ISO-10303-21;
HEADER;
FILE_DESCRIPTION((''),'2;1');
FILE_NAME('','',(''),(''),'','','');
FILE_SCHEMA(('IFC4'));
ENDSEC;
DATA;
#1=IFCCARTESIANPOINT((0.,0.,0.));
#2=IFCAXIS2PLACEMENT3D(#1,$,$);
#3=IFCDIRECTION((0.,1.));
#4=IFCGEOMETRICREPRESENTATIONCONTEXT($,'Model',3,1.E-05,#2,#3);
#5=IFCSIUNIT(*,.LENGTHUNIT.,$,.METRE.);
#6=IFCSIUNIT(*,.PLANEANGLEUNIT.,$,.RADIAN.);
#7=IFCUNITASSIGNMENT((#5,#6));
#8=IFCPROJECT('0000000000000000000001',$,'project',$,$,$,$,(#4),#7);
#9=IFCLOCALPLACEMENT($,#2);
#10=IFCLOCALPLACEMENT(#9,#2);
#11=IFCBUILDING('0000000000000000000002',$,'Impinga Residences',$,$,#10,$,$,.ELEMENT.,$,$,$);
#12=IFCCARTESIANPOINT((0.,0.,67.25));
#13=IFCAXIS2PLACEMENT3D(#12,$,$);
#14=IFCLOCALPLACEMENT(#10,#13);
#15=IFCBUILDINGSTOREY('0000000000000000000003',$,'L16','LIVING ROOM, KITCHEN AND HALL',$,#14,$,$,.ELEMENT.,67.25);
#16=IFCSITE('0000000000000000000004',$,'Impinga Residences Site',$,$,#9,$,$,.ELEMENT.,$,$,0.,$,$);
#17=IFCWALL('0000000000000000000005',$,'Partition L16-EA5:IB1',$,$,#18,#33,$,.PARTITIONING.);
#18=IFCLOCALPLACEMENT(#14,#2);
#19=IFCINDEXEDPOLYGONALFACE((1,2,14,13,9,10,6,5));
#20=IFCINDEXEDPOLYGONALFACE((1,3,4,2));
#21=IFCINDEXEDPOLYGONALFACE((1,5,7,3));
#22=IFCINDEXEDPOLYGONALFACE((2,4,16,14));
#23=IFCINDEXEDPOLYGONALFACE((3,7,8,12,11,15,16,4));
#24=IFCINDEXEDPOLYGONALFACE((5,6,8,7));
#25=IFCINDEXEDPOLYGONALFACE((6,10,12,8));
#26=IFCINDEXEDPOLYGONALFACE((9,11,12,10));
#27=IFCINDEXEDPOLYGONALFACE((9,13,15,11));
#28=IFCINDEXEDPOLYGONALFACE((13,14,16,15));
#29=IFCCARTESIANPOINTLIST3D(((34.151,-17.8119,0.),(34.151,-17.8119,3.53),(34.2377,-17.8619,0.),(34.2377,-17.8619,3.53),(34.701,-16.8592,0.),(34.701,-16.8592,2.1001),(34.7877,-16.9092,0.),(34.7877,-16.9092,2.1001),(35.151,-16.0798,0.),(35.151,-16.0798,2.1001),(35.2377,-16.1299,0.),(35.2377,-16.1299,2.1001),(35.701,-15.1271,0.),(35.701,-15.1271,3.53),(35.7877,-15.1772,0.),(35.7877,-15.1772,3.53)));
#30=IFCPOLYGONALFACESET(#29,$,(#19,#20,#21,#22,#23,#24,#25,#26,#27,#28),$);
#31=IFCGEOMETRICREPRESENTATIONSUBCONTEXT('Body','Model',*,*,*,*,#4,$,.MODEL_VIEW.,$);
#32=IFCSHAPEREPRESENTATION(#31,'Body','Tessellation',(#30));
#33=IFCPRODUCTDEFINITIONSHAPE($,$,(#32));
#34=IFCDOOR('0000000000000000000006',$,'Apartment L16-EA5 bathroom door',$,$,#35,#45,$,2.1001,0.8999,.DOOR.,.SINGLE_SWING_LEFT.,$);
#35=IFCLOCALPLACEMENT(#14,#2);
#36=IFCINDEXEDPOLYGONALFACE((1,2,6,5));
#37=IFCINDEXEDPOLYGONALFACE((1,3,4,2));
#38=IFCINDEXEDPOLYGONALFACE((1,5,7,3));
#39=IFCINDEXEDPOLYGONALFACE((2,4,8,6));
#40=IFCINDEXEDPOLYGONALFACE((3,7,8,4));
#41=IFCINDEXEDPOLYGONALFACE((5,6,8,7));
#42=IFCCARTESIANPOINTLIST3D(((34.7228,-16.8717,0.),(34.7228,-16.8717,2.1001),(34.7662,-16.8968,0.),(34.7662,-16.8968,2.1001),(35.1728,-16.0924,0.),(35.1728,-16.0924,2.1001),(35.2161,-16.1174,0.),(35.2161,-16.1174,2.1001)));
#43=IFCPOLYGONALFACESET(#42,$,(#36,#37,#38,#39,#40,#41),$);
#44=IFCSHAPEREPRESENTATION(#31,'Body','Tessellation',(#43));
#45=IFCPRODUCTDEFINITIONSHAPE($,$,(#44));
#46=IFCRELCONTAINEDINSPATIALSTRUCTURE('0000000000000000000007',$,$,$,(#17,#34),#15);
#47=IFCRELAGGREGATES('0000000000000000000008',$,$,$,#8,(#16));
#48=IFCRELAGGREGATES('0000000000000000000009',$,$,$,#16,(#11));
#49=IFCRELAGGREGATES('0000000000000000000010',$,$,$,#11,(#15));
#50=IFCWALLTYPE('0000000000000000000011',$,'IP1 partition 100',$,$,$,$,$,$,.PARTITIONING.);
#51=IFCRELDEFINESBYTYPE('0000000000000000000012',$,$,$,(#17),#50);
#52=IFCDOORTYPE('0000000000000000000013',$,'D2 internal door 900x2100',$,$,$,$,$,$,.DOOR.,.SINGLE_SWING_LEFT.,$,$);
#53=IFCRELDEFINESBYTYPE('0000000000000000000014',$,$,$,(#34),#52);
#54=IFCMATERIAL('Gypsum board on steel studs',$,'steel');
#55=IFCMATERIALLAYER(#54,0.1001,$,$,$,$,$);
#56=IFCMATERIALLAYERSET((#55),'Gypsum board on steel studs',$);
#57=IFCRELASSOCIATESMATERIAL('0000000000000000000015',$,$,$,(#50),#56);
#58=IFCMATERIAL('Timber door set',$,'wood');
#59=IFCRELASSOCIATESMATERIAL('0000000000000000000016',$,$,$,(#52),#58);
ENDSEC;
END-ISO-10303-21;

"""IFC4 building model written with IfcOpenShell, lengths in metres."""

from ifc_helpers import new_model, si_unit, direction, frame, frame_2d, origin, place, context, subcontext, project, spatial, rectangle, extrude, material, layer, layer_set, type_object, element, fill, save


model = new_model("IFC4")

# Units and contexts
model_context = context("Model", 3, precision=1e-05, world=origin(), true_north=direction((0.0, 1.0)))
body_context = subcontext(model_context, "Body", "Model", "MODEL_VIEW")
ifc_project = project(units=[si_unit("LENGTHUNIT", "METRE"), si_unit("PLANEANGLEUNIT", "RADIAN")], contexts=[model_context])

# Site, building, storey
site_placement = place(None, origin())
site = spatial("IfcSite", under=ifc_project, at=site_placement, Name="Impinga Residences Site", CompositionType="ELEMENT", RefElevation=0.0)
building_placement = place(site_placement, origin())
building = spatial("IfcBuilding", under=site, at=building_placement, Name="Impinga Residences", CompositionType="ELEMENT")
storey_placement = place(building_placement, frame((0.0, 0.0, 67.25)))
storey = spatial("IfcBuildingStorey", under=building, at=storey_placement, Name="L16", Description="LIVING ROOM, KITCHEN AND HALL", CompositionType="ELEMENT", Elevation=67.25)

# Wall, opening, door
ifc_material_1 = material(Name="Gypsum board on steel studs", Category="steel")
ifc_layer_1 = layer(ifc_material_1, 0.1001)
ifc_layer_set_1 = layer_set([ifc_layer_1], Name="Gypsum board on steel studs")
wall_type_1 = type_object("IfcWallType", Name="IP1 partition 100", PredefinedType="PARTITIONING", material=ifc_layer_set_1)
wall_1_placement = place(storey_placement, frame((34.1943, -17.8369, 0.0), z_axis=(0.0, 0.0, 1.0), x_axis=(0.499993, 0.86603, 0.0)))
wall_1 = element("IfcWall", 1, at=wall_1_placement, inside=storey, type_object=wall_type_1, Name="Partition L16-EA5:IB1", PredefinedType="PARTITIONING", context=body_context, shape_type="SweptSolid", body=[
    extrude(rectangle(XDim=3.1001, YDim=0.1001, at=frame_2d((1.55, 0.0))), origin(), (0.0, 0.0, 1.0), 3.53),
])
opening_1_placement = place(wall_1_placement, frame((1.1001, 0.0, 0.0)))
opening_1 = element("IfcOpeningElement", 2, at=opening_1_placement, cuts=wall_1, PredefinedType="OPENING", context=body_context, shape_type="SweptSolid", body=[
    extrude(rectangle(XDim=0.8999, YDim=2.1001, at=frame_2d((0.45, 1.05))), frame((0.0, 0.0601, 0.0), z_axis=(0.0, -1.0, 0.0), x_axis=(1.0, 0.0, 0.0)), (0.0, 0.0, 1.0), 0.1201),
])
ifc_material_2 = material(Name="Timber door set", Category="wood")
door_type = type_object("IfcDoorType", Name="D2 internal door 900x2100", OperationType="SINGLE_SWING_LEFT", PredefinedType="DOOR", material=ifc_material_2)
door_placement = place(opening_1_placement, origin())
door = element("IfcDoor", 3, at=door_placement, inside=storey, type_object=door_type, Name="Apartment L16-EA5 bathroom door", OperationType="SINGLE_SWING_LEFT", OverallHeight=2.1001, OverallWidth=0.8999, PredefinedType="DOOR", context=body_context, shape_type="SweptSolid", body=[
    extrude(rectangle(XDim=0.8999, YDim=2.1001, at=frame_2d((0.45, 1.05))), frame((0.0, 0.0249, 0.0), z_axis=(0.0, -1.0, 0.0), x_axis=(1.0, 0.0, 0.0)), (0.0, 0.0, 1.0), 0.05),
])
fill(opening_1, door)

save(model, "model.ifc")
